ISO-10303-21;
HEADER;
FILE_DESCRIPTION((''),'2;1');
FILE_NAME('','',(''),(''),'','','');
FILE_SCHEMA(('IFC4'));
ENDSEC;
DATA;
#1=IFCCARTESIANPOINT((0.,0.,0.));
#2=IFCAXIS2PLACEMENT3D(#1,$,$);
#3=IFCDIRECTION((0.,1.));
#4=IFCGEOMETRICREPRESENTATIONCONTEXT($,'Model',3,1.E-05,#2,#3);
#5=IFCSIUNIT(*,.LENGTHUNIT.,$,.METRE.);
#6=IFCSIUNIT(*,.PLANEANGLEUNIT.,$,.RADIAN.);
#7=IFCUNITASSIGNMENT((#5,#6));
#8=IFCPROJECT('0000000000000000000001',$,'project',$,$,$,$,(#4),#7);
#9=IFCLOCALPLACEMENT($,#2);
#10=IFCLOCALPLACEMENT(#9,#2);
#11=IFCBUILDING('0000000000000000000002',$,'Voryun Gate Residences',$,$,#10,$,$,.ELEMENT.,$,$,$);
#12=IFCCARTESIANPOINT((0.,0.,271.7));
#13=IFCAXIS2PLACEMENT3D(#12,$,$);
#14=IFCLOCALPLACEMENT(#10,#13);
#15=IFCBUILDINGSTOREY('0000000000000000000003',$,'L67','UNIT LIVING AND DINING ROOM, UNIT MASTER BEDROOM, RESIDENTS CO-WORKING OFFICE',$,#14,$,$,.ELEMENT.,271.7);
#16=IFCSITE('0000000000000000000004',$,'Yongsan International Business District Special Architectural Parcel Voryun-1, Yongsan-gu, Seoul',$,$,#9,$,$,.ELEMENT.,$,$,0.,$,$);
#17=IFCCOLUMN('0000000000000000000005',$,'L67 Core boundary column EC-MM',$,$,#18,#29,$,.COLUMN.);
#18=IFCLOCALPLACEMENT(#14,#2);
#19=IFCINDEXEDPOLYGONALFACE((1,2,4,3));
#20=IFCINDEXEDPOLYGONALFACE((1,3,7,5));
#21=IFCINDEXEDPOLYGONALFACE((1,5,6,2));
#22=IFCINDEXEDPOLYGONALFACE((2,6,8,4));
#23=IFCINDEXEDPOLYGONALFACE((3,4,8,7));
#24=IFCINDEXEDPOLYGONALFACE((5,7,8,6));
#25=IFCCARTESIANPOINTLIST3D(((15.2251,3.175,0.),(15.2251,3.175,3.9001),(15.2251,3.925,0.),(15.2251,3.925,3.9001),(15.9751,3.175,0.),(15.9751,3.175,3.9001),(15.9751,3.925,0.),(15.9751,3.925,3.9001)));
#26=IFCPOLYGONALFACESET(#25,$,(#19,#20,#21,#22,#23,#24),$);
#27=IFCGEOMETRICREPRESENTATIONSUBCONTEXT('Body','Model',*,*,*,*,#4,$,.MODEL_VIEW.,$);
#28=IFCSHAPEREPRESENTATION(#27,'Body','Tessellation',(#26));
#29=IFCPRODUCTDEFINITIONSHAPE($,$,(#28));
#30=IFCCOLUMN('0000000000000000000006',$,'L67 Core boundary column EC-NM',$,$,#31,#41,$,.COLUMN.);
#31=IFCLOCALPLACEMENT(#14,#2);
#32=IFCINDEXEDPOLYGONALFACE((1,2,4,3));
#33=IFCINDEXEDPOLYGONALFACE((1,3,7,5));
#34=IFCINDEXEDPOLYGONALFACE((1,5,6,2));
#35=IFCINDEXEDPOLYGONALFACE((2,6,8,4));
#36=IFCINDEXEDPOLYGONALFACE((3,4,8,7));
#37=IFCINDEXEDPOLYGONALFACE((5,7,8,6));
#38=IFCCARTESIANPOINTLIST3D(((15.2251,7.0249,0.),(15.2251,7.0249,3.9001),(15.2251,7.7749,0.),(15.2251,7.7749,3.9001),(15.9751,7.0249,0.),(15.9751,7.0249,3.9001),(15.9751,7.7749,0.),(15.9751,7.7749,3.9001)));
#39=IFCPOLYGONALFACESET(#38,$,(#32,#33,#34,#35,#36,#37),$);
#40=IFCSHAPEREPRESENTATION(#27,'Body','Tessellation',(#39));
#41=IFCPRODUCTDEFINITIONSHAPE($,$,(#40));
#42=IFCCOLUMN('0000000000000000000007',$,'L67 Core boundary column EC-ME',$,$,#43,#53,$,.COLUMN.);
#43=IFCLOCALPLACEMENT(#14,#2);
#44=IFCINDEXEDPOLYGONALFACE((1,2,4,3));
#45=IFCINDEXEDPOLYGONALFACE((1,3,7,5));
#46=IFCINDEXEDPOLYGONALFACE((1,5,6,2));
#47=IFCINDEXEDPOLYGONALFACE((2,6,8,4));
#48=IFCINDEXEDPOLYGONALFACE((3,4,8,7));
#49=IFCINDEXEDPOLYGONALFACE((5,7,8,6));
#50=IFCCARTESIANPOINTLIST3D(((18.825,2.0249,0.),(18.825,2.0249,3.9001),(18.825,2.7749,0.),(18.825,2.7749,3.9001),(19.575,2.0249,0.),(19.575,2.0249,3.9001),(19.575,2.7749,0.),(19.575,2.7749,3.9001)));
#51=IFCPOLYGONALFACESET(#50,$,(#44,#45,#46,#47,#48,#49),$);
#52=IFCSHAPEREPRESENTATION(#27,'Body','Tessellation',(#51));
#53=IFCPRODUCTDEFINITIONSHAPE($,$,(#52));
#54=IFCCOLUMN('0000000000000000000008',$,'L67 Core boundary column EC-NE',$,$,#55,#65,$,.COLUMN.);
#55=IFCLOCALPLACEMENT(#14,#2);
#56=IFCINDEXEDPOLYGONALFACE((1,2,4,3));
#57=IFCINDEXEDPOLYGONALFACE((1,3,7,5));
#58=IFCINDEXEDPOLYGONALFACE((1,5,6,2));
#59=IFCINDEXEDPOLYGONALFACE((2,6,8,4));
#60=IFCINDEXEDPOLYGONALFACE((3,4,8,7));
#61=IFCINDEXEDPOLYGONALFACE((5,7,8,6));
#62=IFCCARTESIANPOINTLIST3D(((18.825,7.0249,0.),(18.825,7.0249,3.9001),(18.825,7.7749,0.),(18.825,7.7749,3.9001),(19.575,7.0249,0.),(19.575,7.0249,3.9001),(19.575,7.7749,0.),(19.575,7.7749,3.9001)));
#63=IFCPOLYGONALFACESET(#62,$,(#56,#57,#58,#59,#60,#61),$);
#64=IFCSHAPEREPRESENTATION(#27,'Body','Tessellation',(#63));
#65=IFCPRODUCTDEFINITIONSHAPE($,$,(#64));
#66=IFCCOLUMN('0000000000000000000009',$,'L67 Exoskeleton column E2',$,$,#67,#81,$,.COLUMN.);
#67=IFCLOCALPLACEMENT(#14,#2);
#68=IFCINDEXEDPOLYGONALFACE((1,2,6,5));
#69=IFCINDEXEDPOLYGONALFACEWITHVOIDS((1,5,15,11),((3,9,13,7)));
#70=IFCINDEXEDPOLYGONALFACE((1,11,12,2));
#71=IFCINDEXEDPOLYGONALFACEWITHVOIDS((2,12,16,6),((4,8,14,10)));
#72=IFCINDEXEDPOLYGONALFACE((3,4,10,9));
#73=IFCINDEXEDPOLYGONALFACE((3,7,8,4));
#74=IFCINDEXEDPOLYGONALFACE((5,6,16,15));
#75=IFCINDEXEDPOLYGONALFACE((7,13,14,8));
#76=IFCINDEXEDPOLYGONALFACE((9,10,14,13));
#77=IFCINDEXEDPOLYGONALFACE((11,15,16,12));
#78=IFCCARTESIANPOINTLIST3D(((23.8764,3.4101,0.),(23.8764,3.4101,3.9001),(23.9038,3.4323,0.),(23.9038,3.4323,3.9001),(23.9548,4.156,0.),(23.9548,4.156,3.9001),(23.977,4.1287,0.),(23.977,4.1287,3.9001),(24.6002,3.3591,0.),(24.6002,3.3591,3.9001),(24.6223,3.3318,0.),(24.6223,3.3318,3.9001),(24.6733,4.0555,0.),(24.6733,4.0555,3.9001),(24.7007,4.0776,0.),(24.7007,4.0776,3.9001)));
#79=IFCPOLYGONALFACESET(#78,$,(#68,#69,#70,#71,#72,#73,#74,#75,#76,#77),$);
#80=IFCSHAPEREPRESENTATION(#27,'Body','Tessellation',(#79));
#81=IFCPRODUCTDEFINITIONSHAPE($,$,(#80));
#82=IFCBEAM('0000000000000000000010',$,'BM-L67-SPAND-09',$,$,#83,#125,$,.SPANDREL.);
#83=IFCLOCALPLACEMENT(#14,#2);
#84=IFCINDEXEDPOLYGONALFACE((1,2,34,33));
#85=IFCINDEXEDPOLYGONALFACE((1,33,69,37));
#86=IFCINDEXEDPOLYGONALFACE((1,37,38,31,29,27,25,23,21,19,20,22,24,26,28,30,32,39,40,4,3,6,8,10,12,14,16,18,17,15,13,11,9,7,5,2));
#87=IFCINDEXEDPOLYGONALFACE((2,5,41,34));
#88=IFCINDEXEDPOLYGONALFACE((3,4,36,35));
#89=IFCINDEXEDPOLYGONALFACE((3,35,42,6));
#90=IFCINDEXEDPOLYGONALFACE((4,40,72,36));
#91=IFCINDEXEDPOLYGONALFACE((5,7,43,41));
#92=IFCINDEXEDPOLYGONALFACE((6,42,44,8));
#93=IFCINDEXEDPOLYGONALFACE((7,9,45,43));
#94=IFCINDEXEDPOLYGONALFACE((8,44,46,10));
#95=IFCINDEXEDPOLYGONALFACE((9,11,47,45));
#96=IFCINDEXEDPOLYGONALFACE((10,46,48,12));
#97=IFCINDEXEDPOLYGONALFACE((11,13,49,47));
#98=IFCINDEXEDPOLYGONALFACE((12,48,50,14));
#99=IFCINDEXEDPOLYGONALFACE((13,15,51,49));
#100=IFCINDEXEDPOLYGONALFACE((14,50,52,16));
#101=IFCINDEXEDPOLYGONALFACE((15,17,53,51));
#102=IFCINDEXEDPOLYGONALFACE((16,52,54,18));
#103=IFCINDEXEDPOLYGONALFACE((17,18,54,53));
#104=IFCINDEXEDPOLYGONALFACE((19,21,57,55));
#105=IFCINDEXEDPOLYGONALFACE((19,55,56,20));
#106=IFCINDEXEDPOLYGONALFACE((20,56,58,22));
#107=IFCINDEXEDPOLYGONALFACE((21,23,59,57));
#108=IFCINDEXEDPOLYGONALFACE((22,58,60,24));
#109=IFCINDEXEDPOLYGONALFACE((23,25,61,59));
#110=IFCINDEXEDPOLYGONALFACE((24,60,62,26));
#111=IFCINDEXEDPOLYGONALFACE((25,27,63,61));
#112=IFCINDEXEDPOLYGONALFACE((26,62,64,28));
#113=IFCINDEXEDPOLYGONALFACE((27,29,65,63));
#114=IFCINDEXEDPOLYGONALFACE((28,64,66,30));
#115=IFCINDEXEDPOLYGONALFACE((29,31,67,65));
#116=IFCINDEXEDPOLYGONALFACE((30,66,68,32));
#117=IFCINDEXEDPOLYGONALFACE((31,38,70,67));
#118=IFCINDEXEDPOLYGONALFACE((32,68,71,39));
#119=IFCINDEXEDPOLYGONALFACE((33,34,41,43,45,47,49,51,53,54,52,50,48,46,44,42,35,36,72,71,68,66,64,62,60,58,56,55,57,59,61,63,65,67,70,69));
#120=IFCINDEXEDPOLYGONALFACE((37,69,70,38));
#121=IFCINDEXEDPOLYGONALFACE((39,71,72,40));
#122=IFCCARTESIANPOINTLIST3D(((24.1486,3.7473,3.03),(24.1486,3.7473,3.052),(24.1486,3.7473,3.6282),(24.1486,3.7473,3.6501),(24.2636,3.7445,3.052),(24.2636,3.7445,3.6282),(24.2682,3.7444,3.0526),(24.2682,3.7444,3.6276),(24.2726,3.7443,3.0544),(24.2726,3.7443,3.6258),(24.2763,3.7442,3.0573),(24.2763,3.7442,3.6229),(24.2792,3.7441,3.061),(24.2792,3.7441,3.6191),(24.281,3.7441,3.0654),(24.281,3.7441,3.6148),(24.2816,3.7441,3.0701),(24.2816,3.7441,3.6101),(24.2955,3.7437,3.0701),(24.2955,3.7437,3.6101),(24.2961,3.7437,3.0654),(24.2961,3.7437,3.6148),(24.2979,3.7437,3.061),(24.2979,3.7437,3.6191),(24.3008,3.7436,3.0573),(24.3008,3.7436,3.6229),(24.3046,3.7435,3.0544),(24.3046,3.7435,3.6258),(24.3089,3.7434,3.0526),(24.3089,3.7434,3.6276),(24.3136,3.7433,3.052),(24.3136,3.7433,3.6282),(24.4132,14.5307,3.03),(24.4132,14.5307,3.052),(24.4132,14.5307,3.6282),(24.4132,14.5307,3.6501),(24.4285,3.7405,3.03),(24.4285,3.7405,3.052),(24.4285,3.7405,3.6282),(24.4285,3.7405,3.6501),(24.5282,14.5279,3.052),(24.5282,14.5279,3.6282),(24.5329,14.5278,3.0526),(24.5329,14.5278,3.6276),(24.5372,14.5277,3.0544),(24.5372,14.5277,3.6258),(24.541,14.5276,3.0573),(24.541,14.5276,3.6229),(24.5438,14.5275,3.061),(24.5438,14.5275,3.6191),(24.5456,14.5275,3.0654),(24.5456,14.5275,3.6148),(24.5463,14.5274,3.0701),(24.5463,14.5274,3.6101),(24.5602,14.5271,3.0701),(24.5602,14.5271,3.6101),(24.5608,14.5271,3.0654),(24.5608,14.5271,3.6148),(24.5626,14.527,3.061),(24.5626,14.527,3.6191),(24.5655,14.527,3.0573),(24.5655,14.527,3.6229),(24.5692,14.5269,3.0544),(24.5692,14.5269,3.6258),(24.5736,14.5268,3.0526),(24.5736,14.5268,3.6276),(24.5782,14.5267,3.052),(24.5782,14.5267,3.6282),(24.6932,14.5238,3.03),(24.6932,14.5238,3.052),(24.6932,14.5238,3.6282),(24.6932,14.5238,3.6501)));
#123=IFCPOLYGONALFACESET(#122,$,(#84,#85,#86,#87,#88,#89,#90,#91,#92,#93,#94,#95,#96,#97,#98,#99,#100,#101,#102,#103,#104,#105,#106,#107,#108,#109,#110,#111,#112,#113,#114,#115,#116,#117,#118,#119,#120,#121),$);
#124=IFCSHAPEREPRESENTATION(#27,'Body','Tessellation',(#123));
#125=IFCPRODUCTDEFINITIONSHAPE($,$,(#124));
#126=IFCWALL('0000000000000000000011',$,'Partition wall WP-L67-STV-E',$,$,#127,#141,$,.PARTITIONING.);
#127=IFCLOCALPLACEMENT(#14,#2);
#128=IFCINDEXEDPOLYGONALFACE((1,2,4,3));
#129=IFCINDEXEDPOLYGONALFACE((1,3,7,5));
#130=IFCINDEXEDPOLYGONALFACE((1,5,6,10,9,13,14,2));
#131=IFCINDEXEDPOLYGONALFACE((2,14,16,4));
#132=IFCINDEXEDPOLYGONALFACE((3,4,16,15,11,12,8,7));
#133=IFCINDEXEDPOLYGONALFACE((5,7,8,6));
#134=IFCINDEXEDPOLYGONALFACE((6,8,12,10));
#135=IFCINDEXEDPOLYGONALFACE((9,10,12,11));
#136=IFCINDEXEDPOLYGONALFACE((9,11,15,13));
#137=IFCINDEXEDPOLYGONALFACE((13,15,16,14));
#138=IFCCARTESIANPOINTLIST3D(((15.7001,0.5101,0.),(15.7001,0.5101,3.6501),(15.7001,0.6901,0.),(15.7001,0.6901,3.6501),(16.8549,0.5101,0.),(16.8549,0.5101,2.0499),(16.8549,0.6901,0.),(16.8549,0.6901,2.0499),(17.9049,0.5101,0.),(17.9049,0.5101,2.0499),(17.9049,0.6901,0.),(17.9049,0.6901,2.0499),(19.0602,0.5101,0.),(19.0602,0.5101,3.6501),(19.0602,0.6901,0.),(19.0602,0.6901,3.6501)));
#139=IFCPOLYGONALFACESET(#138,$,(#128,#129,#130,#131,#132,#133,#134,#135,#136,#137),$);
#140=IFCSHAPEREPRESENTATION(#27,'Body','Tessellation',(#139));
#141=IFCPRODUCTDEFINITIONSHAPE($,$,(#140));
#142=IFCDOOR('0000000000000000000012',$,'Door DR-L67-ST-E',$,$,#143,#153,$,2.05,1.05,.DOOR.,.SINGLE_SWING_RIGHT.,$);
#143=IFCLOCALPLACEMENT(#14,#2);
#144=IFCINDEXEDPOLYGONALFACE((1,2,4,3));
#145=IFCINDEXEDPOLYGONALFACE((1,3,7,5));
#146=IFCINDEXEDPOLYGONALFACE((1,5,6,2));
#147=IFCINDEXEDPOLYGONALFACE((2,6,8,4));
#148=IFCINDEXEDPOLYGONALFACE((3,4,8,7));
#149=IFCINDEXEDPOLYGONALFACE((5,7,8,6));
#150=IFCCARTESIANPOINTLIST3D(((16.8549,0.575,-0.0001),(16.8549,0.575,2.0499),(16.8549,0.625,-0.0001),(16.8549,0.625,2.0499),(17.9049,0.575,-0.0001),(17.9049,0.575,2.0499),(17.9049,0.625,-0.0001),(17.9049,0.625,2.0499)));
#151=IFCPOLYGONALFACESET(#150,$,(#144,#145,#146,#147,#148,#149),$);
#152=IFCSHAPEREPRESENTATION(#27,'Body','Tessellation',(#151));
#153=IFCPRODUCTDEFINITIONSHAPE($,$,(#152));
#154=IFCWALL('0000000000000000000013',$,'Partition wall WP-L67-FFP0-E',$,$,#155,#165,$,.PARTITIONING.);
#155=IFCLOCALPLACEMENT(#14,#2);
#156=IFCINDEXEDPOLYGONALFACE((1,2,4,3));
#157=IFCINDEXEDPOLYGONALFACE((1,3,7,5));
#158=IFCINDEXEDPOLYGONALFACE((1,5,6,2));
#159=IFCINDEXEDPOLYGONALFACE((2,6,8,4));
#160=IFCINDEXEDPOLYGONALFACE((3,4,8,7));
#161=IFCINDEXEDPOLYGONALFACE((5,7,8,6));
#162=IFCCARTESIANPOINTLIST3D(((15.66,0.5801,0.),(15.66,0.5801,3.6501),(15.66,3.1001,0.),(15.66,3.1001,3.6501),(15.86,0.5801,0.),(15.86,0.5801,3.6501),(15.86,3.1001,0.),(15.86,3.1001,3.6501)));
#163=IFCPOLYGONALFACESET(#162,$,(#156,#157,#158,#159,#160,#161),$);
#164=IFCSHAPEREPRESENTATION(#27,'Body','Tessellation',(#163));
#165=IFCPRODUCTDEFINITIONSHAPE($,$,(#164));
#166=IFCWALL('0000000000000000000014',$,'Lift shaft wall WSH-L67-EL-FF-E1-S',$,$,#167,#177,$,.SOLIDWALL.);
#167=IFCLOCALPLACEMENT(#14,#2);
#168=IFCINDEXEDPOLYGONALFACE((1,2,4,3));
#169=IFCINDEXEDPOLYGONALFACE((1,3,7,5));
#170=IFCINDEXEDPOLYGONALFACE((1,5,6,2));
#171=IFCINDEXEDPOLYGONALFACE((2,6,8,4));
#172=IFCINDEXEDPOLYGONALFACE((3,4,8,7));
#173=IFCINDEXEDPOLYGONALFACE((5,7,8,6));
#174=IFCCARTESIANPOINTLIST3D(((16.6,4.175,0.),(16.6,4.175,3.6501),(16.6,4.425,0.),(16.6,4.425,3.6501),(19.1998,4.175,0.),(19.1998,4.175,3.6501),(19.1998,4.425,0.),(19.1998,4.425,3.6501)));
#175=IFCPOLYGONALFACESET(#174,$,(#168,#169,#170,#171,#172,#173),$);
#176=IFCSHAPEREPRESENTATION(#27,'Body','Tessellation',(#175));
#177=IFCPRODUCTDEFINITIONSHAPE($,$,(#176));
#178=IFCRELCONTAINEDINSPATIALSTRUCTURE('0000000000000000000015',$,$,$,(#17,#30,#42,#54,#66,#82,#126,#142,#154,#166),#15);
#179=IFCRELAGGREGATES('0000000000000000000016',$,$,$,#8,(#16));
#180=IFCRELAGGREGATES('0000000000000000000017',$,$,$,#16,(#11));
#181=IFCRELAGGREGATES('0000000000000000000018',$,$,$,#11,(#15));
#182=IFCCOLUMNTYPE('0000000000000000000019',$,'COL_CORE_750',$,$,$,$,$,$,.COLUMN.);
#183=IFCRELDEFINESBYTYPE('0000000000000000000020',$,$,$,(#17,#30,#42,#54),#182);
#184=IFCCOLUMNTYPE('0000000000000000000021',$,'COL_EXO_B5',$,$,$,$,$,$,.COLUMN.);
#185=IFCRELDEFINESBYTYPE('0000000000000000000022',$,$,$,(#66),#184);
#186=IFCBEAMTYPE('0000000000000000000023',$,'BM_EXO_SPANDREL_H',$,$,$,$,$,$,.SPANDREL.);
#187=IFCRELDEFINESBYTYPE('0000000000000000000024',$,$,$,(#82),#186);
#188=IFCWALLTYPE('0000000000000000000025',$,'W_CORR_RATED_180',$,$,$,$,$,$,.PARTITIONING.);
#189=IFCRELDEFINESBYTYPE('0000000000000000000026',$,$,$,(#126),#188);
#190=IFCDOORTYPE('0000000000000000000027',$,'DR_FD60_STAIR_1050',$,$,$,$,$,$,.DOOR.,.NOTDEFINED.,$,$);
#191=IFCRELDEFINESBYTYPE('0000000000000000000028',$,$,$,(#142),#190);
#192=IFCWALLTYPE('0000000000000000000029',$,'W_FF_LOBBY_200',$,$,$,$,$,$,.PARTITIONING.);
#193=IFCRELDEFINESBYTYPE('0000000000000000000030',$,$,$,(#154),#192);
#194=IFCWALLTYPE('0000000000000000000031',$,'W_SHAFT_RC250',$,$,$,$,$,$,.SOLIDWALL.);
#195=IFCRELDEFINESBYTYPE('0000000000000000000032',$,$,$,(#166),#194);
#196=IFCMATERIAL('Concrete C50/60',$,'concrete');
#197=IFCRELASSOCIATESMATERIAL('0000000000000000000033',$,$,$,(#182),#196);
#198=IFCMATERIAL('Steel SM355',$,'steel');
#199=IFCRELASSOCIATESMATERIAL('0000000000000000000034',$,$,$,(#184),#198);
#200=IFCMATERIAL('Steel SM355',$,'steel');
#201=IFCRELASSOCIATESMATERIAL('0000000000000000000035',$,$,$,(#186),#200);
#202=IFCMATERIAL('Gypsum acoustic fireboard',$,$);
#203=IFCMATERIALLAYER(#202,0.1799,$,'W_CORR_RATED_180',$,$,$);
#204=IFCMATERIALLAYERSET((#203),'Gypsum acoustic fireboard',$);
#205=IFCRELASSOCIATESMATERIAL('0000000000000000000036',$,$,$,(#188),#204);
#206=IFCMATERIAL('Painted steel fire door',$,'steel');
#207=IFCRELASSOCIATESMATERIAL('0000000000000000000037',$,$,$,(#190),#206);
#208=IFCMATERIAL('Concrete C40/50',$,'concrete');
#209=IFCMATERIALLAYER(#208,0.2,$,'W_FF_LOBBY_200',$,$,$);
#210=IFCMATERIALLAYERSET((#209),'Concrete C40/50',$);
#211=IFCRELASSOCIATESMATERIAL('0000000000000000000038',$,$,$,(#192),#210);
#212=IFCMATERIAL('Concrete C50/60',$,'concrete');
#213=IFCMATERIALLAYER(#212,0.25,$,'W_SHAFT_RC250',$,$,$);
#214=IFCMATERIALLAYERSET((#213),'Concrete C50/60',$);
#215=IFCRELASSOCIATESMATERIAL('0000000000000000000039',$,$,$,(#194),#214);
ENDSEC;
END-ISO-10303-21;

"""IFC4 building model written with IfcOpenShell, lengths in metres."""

from ifc_helpers import new_model, si_unit, direction, frame, frame_2d, origin, origin_2d, place, context, subcontext, project, spatial, rectangle, hollow_rectangle, i_section, extrude, material, layer, layer_set, material_profile, profile_set, type_object, element, fill, save


model = new_model("IFC4")

# Units and contexts
model_context = context("Model", 3, precision=1e-05, world=origin(), true_north=direction((0.0, 1.0)))
body_context = subcontext(model_context, "Body", "Model", "MODEL_VIEW")
ifc_project = project(units=[si_unit("LENGTHUNIT", "METRE"), si_unit("PLANEANGLEUNIT", "RADIAN")], contexts=[model_context])

# Site, building, storey
site_placement = place(None, origin())
site = spatial("IfcSite", under=ifc_project, at=site_placement, Name="Yongsan International Business District Special Architectural Parcel Voryun-1, Yongsan-gu, Seoul", CompositionType="ELEMENT", RefElevation=0.0)
building_placement = place(site_placement, origin())
building = spatial("IfcBuilding", under=site, at=building_placement, Name="Voryun Gate Residences", CompositionType="ELEMENT")
storey_placement = place(building_placement, frame((0.0, 0.0, 271.7)))
storey = spatial("IfcBuildingStorey", under=building, at=storey_placement, Name="L67", Description="UNIT LIVING AND DINING ROOM, UNIT MASTER BEDROOM, RESIDENTS CO-WORKING OFFICE", CompositionType="ELEMENT", Elevation=271.7)

# Columns
ifc_material_1 = material(Name="Concrete C50/60", Category="concrete")
ifc_material_profile_1 = material_profile(ifc_material_1, rectangle(XDim=0.75, YDim=0.75, at=origin_2d()), Name="RC-750x750")
ifc_profile_set_1 = profile_set([ifc_material_profile_1], Name="Concrete C50/60")
column_type_1 = type_object("IfcColumnType", Name="COL_CORE_750", PredefinedType="COLUMN", material=ifc_profile_set_1)
for number, where, z_axis, x_axis, name in (
    (1, (15.6001, 3.55, 0.0), (0.0, 0.0, 1.0), (1.0, 0.0, 0.0), "L67 Core boundary column EC-MM"),
    (2, (15.6001, 7.3999, 0.0), (0.0, 0.0, 1.0), (1.0, 0.0, 0.0), "L67 Core boundary column EC-NM"),
    (3, (19.2, 2.3999, 0.0), (0.0, 0.0, 1.0), (1.0, 0.0, 0.0), "L67 Core boundary column EC-ME"),
    (4, (19.2, 7.3999, 0.0), (0.0, 0.0, 1.0), (1.0, 0.0, 0.0), "L67 Core boundary column EC-NE"),
):
    element("IfcColumn", number, at=place(storey_placement, frame(where, z_axis=z_axis, x_axis=x_axis)), inside=storey, type_object=column_type_1, Name=name, PredefinedType="COLUMN", context=body_context, shape_type="SweptSolid", body=[
        extrude(rectangle(XDim=0.75, YDim=0.75, at=origin_2d()), origin(), (0.0, 0.0, 1.0), 3.9001),
    ])
ifc_material_2 = material(Name="Steel SM355", Category="steel")
ifc_material_profile_2 = material_profile(ifc_material_2, hollow_rectangle(XDim=0.75, YDim=0.75, WallThickness=0.0249, at=origin_2d()), Name="BOX-750x750x25")
ifc_profile_set_2 = profile_set([ifc_material_profile_2], Name="Steel SM355")
column_type_2 = type_object("IfcColumnType", Name="COL_EXO_B5", PredefinedType="COLUMN", material=ifc_profile_set_2)
column_placement = place(storey_placement, frame((24.2886, 3.7439, 0.0), z_axis=(0.0, 0.0, 1.0), x_axis=(0.994522, -0.104528, 0.0)))
element("IfcColumn", 5, at=column_placement, inside=storey, type_object=column_type_2, Name="L67 Exoskeleton column E2", PredefinedType="COLUMN", context=body_context, shape_type="SweptSolid", body=[
    extrude(hollow_rectangle(XDim=0.75, YDim=0.75, WallThickness=0.0249, at=origin_2d()), origin(), (0.0, 0.0, 1.0), 3.9001),
])

# Beam
ifc_material_3 = material(Name="Steel SM355", Category="steel")
ifc_material_profile_3 = material_profile(ifc_material_3, i_section(OverallWidth=0.28, OverallDepth=0.6201, WebThickness=0.0139, FlangeThickness=0.022, FilletRadius=0.0181, at=origin_2d()), Name="H-620x280x14x22")
ifc_profile_set_3 = profile_set([ifc_material_profile_3], Name="Steel SM355")
beam_type = type_object("IfcBeamType", Name="BM_EXO_SPANDREL_H", PredefinedType="SPANDREL", material=ifc_profile_set_3)
beam_placement = place(storey_placement, frame((24.2886, 3.7439, 3.3401), z_axis=(0.024535, 0.999699, 0.0), x_axis=(-0.999699, 0.024535, 0.0)))
element("IfcBeam", 6, at=beam_placement, inside=storey, type_object=beam_type, Name="BM-L67-SPAND-09", PredefinedType="SPANDREL", context=body_context, shape_type="SweptSolid", body=[
    extrude(i_section(OverallWidth=0.28, OverallDepth=0.6201, WebThickness=0.0139, FlangeThickness=0.022, FilletRadius=0.0181, at=origin_2d()), origin(), (0.0, 0.0, 1.0), 10.7866),
])

# Wall, opening, door
ifc_material_4 = material(Name="Gypsum acoustic fireboard")
ifc_layer_1 = layer(ifc_material_4, 0.1799, Name="W_CORR_RATED_180")
ifc_layer_set_1 = layer_set([ifc_layer_1], Name="Gypsum acoustic fireboard")
wall_type_1 = type_object("IfcWallType", Name="W_CORR_RATED_180", PredefinedType="PARTITIONING", material=ifc_layer_set_1)
wall_1_placement = place(storey_placement, frame((15.7, 0.6001, 0.0), z_axis=(0.0, 0.0, 1.0), x_axis=(1.0, 0.0, 0.0)))
wall_1 = element("IfcWall", 7, at=wall_1_placement, inside=storey, type_object=wall_type_1, Name="Partition wall WP-L67-STV-E", PredefinedType="PARTITIONING", context=body_context, shape_type="SweptSolid", body=[
    extrude(rectangle(XDim=3.3601, YDim=0.1799, at=frame_2d((1.6802, 0.0))), origin(), (0.0, 0.0, 1.0), 3.6501),
])
opening_1_placement = place(wall_1_placement, frame((1.155, 0.0, 0.0)))
opening_1 = element("IfcOpeningElement", 8, at=opening_1_placement, cuts=wall_1, PredefinedType="OPENING", context=body_context, shape_type="SweptSolid", body=[
    extrude(rectangle(XDim=1.05, YDim=2.05, at=frame_2d((0.5249, 1.0249))), frame((0.0, 0.0999, 0.0), z_axis=(0.0, -1.0, 0.0), x_axis=(1.0, 0.0, 0.0)), (0.0, 0.0, 1.0), 0.2),
])
ifc_material_5 = material(Name="Painted steel fire door", Category="steel")
door_type_1 = type_object("IfcDoorType", Name="DR_FD60_STAIR_1050", OperationType="NOTDEFINED", PredefinedType="DOOR", material=ifc_material_5)
door_1_placement = place(opening_1_placement, origin())
door_1 = element("IfcDoor", 9, at=door_1_placement, inside=storey, type_object=door_type_1, Name="Door DR-L67-ST-E", OperationType="SINGLE_SWING_RIGHT", OverallHeight=2.05, OverallWidth=1.05, PredefinedType="DOOR", context=body_context, shape_type="SweptSolid", body=[
    extrude(rectangle(XDim=1.05, YDim=2.05, at=frame_2d((0.5249, 1.0249))), frame((0.0, 0.0249, 0.0), z_axis=(0.0, -1.0, 0.0), x_axis=(1.0, 0.0, 0.0)), (0.0, 0.0, 1.0), 0.05),
])
fill(opening_1, door_1)

# Walls
ifc_material_6 = material(Name="Concrete C40/50", Category="concrete")
ifc_layer_2 = layer(ifc_material_6, 0.2, Name="W_FF_LOBBY_200")
ifc_layer_set_2 = layer_set([ifc_layer_2], Name="Concrete C40/50")
wall_type_2 = type_object("IfcWallType", Name="W_FF_LOBBY_200", PredefinedType="PARTITIONING", material=ifc_layer_set_2)
wall_2_placement = place(storey_placement, frame((15.76, 0.5801, 0.0), z_axis=(0.0, 0.0, 1.0), x_axis=(0.0, 1.0, 0.0)))
element("IfcWall", 10, at=wall_2_placement, inside=storey, type_object=wall_type_2, Name="Partition wall WP-L67-FFP0-E", PredefinedType="PARTITIONING", context=body_context, shape_type="SweptSolid", body=[
    extrude(rectangle(XDim=2.52, YDim=0.2, at=frame_2d((1.26, 0.0))), origin(), (0.0, 0.0, 1.0), 3.6501),
])
ifc_material_7 = material(Name="Concrete C50/60", Category="concrete")
ifc_layer_3 = layer(ifc_material_7, 0.25, Name="W_SHAFT_RC250")
ifc_layer_set_3 = layer_set([ifc_layer_3], Name="Concrete C50/60")
wall_type_3 = type_object("IfcWallType", Name="W_SHAFT_RC250", PredefinedType="SOLIDWALL", material=ifc_layer_set_3)
wall_3_placement = place(storey_placement, frame((16.6001, 4.3, 0.0), z_axis=(0.0, 0.0, 1.0), x_axis=(1.0, 0.0, 0.0)))
element("IfcWall", 11, at=wall_3_placement, inside=storey, type_object=wall_type_3, Name="Lift shaft wall WSH-L67-EL-FF-E1-S", PredefinedType="SOLIDWALL", context=body_context, shape_type="SweptSolid", body=[
    extrude(rectangle(XDim=2.5999, YDim=0.25, at=frame_2d((1.2998, 0.0))), origin(), (0.0, 0.0, 1.0), 3.6501),
])

save(model, "model.ifc")
